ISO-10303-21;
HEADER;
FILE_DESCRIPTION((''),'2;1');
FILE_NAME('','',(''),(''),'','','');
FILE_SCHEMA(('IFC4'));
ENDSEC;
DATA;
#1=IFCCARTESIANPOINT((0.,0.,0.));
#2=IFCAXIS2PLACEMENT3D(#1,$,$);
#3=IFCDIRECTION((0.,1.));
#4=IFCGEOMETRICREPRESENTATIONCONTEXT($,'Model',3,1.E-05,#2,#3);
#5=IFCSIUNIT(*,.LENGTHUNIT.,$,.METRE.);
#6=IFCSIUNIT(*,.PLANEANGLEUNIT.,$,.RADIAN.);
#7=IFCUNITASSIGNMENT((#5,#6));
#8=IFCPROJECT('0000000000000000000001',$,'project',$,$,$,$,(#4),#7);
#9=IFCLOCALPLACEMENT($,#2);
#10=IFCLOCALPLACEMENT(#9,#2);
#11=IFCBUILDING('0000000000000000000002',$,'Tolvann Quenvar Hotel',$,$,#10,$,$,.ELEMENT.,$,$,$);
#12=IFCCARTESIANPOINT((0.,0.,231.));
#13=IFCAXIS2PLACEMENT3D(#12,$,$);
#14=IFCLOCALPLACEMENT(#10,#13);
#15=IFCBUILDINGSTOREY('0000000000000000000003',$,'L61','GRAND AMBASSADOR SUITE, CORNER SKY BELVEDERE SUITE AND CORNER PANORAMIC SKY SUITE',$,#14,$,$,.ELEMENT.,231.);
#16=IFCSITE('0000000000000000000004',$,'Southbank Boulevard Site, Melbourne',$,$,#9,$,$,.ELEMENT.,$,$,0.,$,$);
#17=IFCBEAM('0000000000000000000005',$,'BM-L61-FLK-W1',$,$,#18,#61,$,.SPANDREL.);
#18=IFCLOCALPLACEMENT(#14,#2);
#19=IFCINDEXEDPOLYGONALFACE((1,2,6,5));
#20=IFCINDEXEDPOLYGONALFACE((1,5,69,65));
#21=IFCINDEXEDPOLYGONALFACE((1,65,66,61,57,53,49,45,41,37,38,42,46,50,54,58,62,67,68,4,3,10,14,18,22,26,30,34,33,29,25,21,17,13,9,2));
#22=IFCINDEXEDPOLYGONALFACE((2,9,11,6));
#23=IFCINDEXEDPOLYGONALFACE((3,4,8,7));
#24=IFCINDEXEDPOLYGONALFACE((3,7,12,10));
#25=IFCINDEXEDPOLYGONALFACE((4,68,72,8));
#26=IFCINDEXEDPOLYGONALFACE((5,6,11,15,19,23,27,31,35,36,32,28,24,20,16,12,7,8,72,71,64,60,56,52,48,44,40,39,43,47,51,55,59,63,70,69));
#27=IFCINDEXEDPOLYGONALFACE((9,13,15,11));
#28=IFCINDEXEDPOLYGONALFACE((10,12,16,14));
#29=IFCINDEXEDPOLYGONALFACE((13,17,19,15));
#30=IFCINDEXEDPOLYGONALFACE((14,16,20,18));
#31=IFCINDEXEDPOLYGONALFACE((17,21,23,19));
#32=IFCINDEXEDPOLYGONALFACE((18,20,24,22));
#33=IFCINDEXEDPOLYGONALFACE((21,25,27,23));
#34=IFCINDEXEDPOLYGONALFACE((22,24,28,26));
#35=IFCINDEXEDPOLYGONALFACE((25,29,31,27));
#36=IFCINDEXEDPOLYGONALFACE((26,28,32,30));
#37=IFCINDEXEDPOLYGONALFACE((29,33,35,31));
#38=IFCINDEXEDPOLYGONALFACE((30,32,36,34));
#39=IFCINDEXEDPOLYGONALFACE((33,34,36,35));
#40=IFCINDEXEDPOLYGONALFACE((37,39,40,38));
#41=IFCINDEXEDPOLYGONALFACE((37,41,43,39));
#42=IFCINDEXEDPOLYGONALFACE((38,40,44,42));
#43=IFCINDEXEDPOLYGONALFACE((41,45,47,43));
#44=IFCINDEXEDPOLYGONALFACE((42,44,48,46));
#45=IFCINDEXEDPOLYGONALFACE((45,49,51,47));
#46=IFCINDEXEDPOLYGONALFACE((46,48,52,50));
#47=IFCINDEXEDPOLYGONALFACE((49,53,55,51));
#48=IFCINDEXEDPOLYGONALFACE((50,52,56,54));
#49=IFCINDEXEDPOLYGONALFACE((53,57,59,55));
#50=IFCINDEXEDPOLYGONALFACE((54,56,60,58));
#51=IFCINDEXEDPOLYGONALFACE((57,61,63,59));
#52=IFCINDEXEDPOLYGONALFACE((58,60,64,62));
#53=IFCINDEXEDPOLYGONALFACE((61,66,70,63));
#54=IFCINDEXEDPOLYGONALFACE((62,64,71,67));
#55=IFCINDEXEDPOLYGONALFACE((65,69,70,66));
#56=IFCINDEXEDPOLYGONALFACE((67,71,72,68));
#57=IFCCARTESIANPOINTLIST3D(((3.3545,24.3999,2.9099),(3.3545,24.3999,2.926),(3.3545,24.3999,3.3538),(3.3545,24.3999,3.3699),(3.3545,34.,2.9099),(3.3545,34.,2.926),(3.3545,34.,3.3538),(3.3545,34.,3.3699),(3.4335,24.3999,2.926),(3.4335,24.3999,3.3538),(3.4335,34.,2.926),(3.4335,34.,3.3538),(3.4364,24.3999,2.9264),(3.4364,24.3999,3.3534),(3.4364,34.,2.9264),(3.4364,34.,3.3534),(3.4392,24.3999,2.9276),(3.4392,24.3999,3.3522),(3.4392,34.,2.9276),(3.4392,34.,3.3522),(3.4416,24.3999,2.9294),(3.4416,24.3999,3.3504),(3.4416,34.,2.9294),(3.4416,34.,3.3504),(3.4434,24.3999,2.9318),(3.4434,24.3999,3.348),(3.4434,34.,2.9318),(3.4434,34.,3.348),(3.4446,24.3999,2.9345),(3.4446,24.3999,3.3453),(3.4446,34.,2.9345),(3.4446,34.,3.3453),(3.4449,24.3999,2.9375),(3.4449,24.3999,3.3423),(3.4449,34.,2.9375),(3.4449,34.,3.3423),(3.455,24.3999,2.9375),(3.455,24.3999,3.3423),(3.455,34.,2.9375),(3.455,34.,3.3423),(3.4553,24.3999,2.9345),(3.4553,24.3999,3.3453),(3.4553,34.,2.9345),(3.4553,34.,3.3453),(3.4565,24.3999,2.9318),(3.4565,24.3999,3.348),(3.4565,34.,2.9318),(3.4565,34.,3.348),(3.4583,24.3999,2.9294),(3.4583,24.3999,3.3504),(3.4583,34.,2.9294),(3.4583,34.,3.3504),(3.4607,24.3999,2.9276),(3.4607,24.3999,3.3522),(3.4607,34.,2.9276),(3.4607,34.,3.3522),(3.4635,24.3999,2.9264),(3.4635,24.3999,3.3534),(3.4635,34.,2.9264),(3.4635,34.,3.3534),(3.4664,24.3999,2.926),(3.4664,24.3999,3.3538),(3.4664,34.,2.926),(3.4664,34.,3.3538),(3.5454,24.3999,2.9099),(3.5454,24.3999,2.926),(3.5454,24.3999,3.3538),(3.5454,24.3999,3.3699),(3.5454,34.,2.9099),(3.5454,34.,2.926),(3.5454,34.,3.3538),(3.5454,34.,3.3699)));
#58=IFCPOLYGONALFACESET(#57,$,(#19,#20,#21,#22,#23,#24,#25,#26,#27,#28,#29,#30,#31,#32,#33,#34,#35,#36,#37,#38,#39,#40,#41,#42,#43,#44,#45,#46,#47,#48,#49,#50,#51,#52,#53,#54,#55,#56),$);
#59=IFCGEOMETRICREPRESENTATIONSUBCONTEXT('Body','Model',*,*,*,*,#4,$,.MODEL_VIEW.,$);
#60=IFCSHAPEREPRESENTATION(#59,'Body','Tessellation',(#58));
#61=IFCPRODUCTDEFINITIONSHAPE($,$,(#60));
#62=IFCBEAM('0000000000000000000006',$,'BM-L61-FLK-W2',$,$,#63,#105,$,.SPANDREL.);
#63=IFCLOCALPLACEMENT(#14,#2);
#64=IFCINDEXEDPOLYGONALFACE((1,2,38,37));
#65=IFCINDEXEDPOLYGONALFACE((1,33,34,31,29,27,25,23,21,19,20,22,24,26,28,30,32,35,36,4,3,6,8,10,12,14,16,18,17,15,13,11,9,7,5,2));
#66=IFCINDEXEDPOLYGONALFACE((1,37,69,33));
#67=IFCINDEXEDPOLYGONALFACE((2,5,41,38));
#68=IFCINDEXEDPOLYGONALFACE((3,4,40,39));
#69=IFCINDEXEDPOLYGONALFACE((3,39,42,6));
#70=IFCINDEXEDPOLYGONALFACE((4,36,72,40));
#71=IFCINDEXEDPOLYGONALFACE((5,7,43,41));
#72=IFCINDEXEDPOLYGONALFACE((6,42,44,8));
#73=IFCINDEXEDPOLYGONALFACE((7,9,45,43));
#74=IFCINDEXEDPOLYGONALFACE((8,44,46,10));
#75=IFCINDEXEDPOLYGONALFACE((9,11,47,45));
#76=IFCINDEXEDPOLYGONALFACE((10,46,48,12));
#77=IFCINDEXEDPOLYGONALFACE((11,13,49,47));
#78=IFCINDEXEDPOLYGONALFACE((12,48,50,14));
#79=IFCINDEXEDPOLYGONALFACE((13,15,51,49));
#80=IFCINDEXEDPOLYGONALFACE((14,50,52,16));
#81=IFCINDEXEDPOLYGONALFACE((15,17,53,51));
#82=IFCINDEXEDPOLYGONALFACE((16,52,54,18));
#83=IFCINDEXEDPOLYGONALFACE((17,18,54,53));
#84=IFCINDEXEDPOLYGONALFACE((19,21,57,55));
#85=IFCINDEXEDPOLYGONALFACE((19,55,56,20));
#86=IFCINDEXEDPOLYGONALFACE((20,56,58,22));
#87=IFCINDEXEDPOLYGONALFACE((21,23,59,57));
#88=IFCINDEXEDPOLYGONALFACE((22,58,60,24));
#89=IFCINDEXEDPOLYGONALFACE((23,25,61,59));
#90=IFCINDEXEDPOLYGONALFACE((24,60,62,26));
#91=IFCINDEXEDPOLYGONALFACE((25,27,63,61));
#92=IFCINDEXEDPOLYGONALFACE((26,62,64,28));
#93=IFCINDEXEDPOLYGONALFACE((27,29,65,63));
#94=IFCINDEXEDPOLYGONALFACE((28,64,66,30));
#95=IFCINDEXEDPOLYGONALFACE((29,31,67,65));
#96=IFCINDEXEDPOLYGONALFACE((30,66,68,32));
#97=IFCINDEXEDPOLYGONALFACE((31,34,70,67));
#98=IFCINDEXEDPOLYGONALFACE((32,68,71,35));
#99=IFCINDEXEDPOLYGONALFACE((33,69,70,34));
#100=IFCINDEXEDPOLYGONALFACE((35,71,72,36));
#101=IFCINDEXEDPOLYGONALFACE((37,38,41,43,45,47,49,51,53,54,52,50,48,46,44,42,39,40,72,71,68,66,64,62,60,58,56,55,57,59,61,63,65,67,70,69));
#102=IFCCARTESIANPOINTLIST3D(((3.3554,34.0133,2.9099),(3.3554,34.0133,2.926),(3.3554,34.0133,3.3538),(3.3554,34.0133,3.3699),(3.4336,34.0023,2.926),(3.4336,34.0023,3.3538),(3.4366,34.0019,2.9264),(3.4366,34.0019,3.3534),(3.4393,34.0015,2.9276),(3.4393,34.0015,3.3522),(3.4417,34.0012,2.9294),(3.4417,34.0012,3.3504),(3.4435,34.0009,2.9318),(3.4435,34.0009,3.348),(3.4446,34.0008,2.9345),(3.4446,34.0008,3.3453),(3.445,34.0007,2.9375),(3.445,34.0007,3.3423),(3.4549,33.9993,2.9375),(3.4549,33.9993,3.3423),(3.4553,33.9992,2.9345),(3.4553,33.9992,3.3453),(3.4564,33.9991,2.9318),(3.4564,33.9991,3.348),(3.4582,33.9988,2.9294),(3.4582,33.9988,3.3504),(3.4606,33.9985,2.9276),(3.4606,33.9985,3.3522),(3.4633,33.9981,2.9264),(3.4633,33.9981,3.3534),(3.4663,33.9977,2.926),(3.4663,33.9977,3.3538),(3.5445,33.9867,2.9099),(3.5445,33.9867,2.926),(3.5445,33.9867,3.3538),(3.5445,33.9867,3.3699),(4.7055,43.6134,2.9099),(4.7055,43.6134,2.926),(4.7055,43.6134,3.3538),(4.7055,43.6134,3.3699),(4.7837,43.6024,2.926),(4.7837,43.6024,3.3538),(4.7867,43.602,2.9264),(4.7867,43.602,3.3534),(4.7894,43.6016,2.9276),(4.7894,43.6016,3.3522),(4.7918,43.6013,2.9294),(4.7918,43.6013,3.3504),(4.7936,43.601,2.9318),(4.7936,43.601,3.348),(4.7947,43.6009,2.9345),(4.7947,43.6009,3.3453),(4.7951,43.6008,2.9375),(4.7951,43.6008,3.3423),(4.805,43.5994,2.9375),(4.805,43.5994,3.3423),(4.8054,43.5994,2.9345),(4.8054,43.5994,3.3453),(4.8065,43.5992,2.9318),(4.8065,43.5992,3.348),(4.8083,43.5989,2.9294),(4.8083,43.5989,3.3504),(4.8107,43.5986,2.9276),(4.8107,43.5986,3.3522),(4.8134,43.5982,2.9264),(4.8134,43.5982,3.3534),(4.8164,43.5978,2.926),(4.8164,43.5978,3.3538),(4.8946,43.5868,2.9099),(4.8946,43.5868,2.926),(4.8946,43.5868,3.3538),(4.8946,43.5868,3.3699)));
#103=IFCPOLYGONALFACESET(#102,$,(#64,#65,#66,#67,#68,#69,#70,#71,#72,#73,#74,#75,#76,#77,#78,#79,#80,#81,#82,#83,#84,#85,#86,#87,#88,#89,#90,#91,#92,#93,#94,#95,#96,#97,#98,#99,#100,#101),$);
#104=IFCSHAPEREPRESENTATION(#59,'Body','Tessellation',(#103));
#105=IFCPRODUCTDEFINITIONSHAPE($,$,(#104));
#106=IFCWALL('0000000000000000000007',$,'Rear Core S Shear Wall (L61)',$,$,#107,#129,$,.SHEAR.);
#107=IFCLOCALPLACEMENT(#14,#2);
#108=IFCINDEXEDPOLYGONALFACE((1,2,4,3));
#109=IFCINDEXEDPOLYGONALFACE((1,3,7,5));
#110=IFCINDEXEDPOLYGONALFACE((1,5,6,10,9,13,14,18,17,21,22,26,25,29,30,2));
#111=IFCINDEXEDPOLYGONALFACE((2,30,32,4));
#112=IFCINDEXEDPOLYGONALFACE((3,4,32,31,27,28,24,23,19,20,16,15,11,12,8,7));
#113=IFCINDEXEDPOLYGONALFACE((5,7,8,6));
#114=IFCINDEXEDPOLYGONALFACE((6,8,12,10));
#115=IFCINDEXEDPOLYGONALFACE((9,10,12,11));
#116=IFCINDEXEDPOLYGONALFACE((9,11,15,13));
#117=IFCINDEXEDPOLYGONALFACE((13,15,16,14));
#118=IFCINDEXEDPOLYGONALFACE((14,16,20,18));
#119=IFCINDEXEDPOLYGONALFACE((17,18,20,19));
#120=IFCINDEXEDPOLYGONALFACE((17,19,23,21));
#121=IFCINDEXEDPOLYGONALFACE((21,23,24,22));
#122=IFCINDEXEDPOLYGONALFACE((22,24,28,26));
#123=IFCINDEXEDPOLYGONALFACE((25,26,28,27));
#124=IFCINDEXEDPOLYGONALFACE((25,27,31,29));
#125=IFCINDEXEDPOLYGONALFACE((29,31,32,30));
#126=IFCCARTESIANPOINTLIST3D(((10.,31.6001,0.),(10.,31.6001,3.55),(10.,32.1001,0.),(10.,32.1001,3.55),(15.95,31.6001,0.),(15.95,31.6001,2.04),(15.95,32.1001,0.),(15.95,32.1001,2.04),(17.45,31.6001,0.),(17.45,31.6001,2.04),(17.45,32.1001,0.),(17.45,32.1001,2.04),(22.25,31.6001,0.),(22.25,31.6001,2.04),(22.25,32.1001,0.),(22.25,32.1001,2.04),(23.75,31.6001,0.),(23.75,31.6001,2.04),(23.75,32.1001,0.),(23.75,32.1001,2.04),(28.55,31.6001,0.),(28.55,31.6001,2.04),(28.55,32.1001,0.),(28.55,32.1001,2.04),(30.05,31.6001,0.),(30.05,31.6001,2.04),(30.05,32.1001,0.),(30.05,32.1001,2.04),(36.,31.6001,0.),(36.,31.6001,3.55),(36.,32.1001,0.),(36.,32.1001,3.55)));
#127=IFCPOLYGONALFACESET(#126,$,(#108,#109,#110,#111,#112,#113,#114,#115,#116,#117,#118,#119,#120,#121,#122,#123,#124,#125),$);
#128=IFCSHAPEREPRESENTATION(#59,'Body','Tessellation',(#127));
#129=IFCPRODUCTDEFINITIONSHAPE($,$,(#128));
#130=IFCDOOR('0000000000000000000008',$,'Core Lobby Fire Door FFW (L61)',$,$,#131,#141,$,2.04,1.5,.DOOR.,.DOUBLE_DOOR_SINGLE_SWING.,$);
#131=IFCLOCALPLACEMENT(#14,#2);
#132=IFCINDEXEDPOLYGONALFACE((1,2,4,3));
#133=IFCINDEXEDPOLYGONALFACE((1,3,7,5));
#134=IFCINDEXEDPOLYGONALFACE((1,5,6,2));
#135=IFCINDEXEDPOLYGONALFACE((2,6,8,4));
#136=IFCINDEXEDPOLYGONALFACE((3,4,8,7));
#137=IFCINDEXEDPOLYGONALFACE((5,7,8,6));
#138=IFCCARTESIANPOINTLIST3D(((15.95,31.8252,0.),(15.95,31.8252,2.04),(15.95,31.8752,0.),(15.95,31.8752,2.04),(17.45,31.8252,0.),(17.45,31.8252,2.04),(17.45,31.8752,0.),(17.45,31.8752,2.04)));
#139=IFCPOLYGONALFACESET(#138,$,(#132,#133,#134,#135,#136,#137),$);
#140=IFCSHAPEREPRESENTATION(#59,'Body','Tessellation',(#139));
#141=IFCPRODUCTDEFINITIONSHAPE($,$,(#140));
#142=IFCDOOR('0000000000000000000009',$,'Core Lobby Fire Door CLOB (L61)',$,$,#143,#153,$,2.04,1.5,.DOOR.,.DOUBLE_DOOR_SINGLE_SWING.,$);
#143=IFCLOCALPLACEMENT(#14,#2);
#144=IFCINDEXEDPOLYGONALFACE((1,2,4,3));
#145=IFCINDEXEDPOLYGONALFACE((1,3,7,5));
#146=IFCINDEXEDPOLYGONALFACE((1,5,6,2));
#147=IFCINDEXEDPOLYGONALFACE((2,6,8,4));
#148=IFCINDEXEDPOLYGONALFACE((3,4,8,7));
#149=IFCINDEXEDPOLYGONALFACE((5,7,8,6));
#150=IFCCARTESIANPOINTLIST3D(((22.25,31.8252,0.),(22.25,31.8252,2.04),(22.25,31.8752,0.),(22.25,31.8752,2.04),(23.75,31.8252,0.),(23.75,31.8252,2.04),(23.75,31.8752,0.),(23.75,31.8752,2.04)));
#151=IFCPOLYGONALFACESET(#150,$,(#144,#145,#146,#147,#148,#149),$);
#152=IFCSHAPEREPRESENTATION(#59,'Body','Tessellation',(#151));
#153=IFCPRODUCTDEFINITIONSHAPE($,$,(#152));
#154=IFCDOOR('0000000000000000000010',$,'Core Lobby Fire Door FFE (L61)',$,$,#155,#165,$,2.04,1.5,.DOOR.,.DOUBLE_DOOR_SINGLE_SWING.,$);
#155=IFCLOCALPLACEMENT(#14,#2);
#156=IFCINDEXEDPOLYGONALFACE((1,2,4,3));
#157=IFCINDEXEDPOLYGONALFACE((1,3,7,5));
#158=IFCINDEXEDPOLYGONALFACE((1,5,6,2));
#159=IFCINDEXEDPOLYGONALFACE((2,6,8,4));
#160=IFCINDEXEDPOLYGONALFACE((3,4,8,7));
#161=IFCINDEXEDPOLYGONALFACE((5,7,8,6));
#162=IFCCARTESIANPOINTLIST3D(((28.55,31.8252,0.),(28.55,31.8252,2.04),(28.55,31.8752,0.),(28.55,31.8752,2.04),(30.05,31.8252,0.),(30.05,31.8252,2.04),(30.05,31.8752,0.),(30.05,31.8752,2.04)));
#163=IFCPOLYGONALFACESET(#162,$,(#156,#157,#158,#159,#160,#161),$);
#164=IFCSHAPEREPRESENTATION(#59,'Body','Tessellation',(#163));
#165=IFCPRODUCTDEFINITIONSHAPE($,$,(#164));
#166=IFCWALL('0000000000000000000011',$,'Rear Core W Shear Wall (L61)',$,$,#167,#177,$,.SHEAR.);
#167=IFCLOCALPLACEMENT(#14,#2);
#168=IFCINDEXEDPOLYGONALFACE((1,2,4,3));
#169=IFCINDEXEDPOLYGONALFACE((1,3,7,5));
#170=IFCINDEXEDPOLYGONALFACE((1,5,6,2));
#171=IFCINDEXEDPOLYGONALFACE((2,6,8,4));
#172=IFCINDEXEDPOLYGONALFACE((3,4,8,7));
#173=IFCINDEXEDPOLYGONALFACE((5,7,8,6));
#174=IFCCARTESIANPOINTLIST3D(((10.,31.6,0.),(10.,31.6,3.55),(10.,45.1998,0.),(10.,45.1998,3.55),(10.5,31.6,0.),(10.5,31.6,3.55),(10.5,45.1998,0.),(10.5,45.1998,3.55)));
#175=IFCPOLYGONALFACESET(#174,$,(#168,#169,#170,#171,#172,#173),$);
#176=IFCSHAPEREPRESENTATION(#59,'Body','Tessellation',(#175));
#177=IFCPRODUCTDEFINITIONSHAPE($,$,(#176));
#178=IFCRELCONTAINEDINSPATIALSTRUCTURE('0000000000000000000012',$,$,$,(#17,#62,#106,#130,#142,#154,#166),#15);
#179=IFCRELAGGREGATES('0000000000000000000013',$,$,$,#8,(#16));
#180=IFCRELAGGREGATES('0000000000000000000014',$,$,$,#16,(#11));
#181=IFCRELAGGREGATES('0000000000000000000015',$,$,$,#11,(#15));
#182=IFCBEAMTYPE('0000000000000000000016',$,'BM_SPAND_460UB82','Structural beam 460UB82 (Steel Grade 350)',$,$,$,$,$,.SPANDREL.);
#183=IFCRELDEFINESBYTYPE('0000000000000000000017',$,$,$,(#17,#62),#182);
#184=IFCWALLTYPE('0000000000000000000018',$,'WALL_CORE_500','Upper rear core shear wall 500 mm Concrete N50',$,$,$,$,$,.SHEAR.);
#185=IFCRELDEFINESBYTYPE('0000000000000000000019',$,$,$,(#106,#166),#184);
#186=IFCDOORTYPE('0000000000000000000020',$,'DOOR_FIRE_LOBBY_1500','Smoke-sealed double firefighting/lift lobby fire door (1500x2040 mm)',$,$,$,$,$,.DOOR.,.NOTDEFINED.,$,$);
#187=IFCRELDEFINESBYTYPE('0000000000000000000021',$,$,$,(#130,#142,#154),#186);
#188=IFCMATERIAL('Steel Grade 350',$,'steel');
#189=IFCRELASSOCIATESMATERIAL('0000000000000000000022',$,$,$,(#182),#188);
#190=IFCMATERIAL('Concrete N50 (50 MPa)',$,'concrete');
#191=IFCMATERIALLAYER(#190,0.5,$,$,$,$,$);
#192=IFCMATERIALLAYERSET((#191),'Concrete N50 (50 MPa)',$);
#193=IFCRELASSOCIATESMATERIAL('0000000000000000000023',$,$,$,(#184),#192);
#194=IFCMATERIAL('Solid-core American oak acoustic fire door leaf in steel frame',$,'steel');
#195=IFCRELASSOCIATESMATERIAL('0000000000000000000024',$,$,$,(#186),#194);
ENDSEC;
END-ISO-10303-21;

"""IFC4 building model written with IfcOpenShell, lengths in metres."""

from ifc_helpers import new_model, si_unit, direction, frame, frame_2d, origin, origin_2d, place, context, subcontext, project, spatial, rectangle, i_section, extrude, source, transform, mapped, material, layer, layer_set, material_profile, profile_set, type_object, type_shapes, element, fill, save


model = new_model("IFC4")

# Units and contexts
model_context = context("Model", 3, precision=1e-05, world=origin(), true_north=direction((0.0, 1.0)))
body_context = subcontext(model_context, "Body", "Model", "MODEL_VIEW")
ifc_project = project(units=[si_unit("LENGTHUNIT", "METRE"), si_unit("PLANEANGLEUNIT", "RADIAN")], contexts=[model_context])

# Site, building, storey
site_placement = place(None, origin())
site = spatial("IfcSite", under=ifc_project, at=site_placement, Name="Southbank Boulevard Site, Melbourne", CompositionType="ELEMENT", RefElevation=0.0)
building_placement = place(site_placement, origin())
building = spatial("IfcBuilding", under=site, at=building_placement, Name="Tolvann Quenvar Hotel", CompositionType="ELEMENT")
storey_placement = place(building_placement, frame((0.0, 0.0, 231.0)))
storey = spatial("IfcBuildingStorey", under=building, at=storey_placement, Name="L61", Description="GRAND AMBASSADOR SUITE, CORNER SKY BELVEDERE SUITE AND CORNER PANORAMIC SKY SUITE", CompositionType="ELEMENT", Elevation=231.0)

# Shared definitions
ifc_material_1 = material(Name="Concrete N50 (50 MPa)", Category="concrete")

# Beams
ifc_material_2 = material(Name="Steel Grade 350", Category="steel")
ifc_material_profile_1 = material_profile(ifc_material_2, i_section(OverallWidth=0.1909, OverallDepth=0.46, WebThickness=0.01, FlangeThickness=0.0161, FilletRadius=0.0115, at=origin_2d()), Name="460UB82")
ifc_profile_set_1 = profile_set([ifc_material_profile_1], Name="Steel Grade 350")
beam_type_1 = type_object("IfcBeamType", Name="BM_SPAND_460UB82", Description="Structural beam 460UB82 (Steel Grade 350)", PredefinedType="SPANDREL", material=ifc_profile_set_1)
shared_shape_1 = source(origin(), body_context, "Body", "SweptSolid", [
    extrude(i_section(OverallWidth=0.1909, OverallDepth=0.46, WebThickness=0.01, FlangeThickness=0.0161, FilletRadius=0.0115, at=origin_2d()), origin(), (0.0, 0.0, 1.0), 9.6001),
])
beam_1_placement = place(storey_placement, frame((3.45, 24.3999, 3.1399), z_axis=(0.0, 1.0, 0.0), x_axis=(-1.0, 0.0, 0.0)))
element("IfcBeam", 1, at=beam_1_placement, inside=storey, type_object=beam_type_1, Name="BM-L61-FLK-W1", PredefinedType="SPANDREL", context=body_context, shape_type="MappedRepresentation", body=[
    mapped(shared_shape_1, transform((0.0, 0.0, 0.0), x_axis=(1.0, 0.0, 0.0), y_axis=(0.0, 1.0, 0.0), z_axis=(0.0, 0.0, 1.0), scale=1.0)),
])
shared_shape_2 = source(origin(), body_context, "Body", "SweptSolid", [
    extrude(i_section(OverallWidth=0.1909, OverallDepth=0.46, WebThickness=0.01, FlangeThickness=0.0161, FilletRadius=0.0115, at=origin_2d()), origin(), (0.0, 0.0, 1.0), 9.6946),
])
type_shapes(beam_type_1, [shared_shape_1, shared_shape_2])
beam_2_placement = place(storey_placement, frame((3.45, 34.0, 3.1399), z_axis=(0.139263, 0.990255, 0.0), x_axis=(-0.990255, 0.139263, 0.0)))
element("IfcBeam", 2, at=beam_2_placement, inside=storey, type_object=beam_type_1, Name="BM-L61-FLK-W2", PredefinedType="SPANDREL", context=body_context, shape_type="MappedRepresentation", body=[
    mapped(shared_shape_2, transform((0.0, 0.0, 0.0), x_axis=(1.0, 0.0, 0.0), y_axis=(0.0, 1.0, 0.0), z_axis=(0.0, 0.0, 1.0), scale=1.0)),
])

# Wall, openings, doors
ifc_layer_1 = layer(ifc_material_1, 0.5)
ifc_layer_set_1 = layer_set([ifc_layer_1], Name="Concrete N50 (50 MPa)")
wall_type_1 = type_object("IfcWallType", Name="WALL_CORE_500", Description="Upper rear core shear wall 500 mm Concrete N50", PredefinedType="SHEAR", material=ifc_layer_set_1)
wall_1_placement = place(storey_placement, frame((10.0, 31.8501, 0.0), z_axis=(0.0, 0.0, 1.0), x_axis=(1.0, 0.0, 0.0)))
wall_1 = element("IfcWall", 3, at=wall_1_placement, inside=storey, type_object=wall_type_1, Name="Rear Core S Shear Wall (L61)", PredefinedType="SHEAR", context=body_context, shape_type="SweptSolid", body=[
    extrude(rectangle(XDim=26.0, YDim=0.5, at=frame_2d((13.0, 0.0))), origin(), (0.0, 0.0, 1.0), 3.55),
])
opening_1_placement = place(wall_1_placement, frame((7.45, 0.0, 0.0), z_axis=(0.0, 0.0, 1.0), x_axis=(-1.0, 0.0, 0.0)))
opening_1 = element("IfcOpeningElement", 4, at=opening_1_placement, cuts=wall_1, PredefinedType="OPENING", context=body_context, shape_type="SweptSolid", body=[
    extrude(rectangle(XDim=1.5, YDim=2.04, at=frame_2d((0.75, 1.02))), frame((0.0, 0.26, 0.0), z_axis=(0.0, -1.0, 0.0), x_axis=(1.0, 0.0, 0.0)), (0.0, 0.0, 1.0), 0.52),
])
opening_2_placement = place(wall_1_placement, frame((13.75, 0.0, 0.0), z_axis=(0.0, 0.0, 1.0), x_axis=(-1.0, 0.0, 0.0)))
opening_2 = element("IfcOpeningElement", 5, at=opening_2_placement, cuts=wall_1, PredefinedType="OPENING", context=body_context, shape_type="SweptSolid", body=[
    extrude(rectangle(XDim=1.5, YDim=2.04, at=frame_2d((0.75, 1.02))), frame((0.0, 0.26, 0.0), z_axis=(0.0, -1.0, 0.0), x_axis=(1.0, 0.0, 0.0)), (0.0, 0.0, 1.0), 0.52),
])
opening_3_placement = place(wall_1_placement, frame((20.05, 0.0, 0.0), z_axis=(0.0, 0.0, 1.0), x_axis=(-1.0, 0.0, 0.0)))
opening_3 = element("IfcOpeningElement", 6, at=opening_3_placement, cuts=wall_1, PredefinedType="OPENING", context=body_context, shape_type="SweptSolid", body=[
    extrude(rectangle(XDim=1.5, YDim=2.04, at=frame_2d((0.75, 1.02))), frame((0.0, 0.26, 0.0), z_axis=(0.0, -1.0, 0.0), x_axis=(1.0, 0.0, 0.0)), (0.0, 0.0, 1.0), 0.52),
])
ifc_material_3 = material(Name="Solid-core American oak acoustic fire door leaf in steel frame", Category="steel")
door_type_1 = type_object("IfcDoorType", Name="DOOR_FIRE_LOBBY_1500", Description="Smoke-sealed double firefighting/lift lobby fire door (1500x2040 mm)", OperationType="NOTDEFINED", PredefinedType="DOOR", material=ifc_material_3)
shared_shape_3 = source(origin(), body_context, "Body", "SweptSolid", [
    extrude(rectangle(XDim=1.5, YDim=2.04, at=frame_2d((0.75, 1.02))), frame((0.0, 0.0249, 0.0), z_axis=(0.0, -1.0, 0.0), x_axis=(1.0, 0.0, 0.0)), (0.0, 0.0, 1.0), 0.05),
])
type_shapes(door_type_1, [shared_shape_3])
door_1_placement = place(opening_1_placement, origin())
door_1 = element("IfcDoor", 7, at=door_1_placement, inside=storey, type_object=door_type_1, Name="Core Lobby Fire Door FFW (L61)", OperationType="DOUBLE_DOOR_SINGLE_SWING", OverallHeight=2.04, OverallWidth=1.5, PredefinedType="DOOR", context=body_context, shape_type="MappedRepresentation", body=[
    mapped(shared_shape_3, transform((0.0, 0.0, 0.0), x_axis=(1.0, 0.0, 0.0), y_axis=(0.0, 1.0, 0.0), z_axis=(0.0, 0.0, 1.0), scale=1.0)),
])
fill(opening_1, door_1)
door_2_placement = place(opening_2_placement, origin())
door_2 = element("IfcDoor", 8, at=door_2_placement, inside=storey, type_object=door_type_1, Name="Core Lobby Fire Door CLOB (L61)", OperationType="DOUBLE_DOOR_SINGLE_SWING", OverallHeight=2.04, OverallWidth=1.5, PredefinedType="DOOR", context=body_context, shape_type="MappedRepresentation", body=[
    mapped(shared_shape_3, transform((0.0, 0.0, 0.0), x_axis=(1.0, 0.0, 0.0), y_axis=(0.0, 1.0, 0.0), z_axis=(0.0, 0.0, 1.0), scale=1.0)),
])
fill(opening_2, door_2)
door_3_placement = place(opening_3_placement, origin())
door_3 = element("IfcDoor", 9, at=door_3_placement, inside=storey, type_object=door_type_1, Name="Core Lobby Fire Door FFE (L61)", OperationType="DOUBLE_DOOR_SINGLE_SWING", OverallHeight=2.04, OverallWidth=1.5, PredefinedType="DOOR", context=body_context, shape_type="MappedRepresentation", body=[
    mapped(shared_shape_3, transform((0.0, 0.0, 0.0), x_axis=(1.0, 0.0, 0.0), y_axis=(0.0, 1.0, 0.0), z_axis=(0.0, 0.0, 1.0), scale=1.0)),
])
fill(opening_3, door_3)

# Wall
wall_2_placement = place(storey_placement, frame((10.25, 31.6001, 0.0), z_axis=(0.0, 0.0, 1.0), x_axis=(0.0, 1.0, 0.0)))
element("IfcWall", 10, at=wall_2_placement, inside=storey, type_object=wall_type_1, Name="Rear Core W Shear Wall (L61)", PredefinedType="SHEAR", context=body_context, shape_type="SweptSolid", body=[
    extrude(rectangle(XDim=13.5999, YDim=0.5, at=frame_2d((6.7998, 0.0))), origin(), (0.0, 0.0, 1.0), 3.55),
])

save(model, "model.ifc")
